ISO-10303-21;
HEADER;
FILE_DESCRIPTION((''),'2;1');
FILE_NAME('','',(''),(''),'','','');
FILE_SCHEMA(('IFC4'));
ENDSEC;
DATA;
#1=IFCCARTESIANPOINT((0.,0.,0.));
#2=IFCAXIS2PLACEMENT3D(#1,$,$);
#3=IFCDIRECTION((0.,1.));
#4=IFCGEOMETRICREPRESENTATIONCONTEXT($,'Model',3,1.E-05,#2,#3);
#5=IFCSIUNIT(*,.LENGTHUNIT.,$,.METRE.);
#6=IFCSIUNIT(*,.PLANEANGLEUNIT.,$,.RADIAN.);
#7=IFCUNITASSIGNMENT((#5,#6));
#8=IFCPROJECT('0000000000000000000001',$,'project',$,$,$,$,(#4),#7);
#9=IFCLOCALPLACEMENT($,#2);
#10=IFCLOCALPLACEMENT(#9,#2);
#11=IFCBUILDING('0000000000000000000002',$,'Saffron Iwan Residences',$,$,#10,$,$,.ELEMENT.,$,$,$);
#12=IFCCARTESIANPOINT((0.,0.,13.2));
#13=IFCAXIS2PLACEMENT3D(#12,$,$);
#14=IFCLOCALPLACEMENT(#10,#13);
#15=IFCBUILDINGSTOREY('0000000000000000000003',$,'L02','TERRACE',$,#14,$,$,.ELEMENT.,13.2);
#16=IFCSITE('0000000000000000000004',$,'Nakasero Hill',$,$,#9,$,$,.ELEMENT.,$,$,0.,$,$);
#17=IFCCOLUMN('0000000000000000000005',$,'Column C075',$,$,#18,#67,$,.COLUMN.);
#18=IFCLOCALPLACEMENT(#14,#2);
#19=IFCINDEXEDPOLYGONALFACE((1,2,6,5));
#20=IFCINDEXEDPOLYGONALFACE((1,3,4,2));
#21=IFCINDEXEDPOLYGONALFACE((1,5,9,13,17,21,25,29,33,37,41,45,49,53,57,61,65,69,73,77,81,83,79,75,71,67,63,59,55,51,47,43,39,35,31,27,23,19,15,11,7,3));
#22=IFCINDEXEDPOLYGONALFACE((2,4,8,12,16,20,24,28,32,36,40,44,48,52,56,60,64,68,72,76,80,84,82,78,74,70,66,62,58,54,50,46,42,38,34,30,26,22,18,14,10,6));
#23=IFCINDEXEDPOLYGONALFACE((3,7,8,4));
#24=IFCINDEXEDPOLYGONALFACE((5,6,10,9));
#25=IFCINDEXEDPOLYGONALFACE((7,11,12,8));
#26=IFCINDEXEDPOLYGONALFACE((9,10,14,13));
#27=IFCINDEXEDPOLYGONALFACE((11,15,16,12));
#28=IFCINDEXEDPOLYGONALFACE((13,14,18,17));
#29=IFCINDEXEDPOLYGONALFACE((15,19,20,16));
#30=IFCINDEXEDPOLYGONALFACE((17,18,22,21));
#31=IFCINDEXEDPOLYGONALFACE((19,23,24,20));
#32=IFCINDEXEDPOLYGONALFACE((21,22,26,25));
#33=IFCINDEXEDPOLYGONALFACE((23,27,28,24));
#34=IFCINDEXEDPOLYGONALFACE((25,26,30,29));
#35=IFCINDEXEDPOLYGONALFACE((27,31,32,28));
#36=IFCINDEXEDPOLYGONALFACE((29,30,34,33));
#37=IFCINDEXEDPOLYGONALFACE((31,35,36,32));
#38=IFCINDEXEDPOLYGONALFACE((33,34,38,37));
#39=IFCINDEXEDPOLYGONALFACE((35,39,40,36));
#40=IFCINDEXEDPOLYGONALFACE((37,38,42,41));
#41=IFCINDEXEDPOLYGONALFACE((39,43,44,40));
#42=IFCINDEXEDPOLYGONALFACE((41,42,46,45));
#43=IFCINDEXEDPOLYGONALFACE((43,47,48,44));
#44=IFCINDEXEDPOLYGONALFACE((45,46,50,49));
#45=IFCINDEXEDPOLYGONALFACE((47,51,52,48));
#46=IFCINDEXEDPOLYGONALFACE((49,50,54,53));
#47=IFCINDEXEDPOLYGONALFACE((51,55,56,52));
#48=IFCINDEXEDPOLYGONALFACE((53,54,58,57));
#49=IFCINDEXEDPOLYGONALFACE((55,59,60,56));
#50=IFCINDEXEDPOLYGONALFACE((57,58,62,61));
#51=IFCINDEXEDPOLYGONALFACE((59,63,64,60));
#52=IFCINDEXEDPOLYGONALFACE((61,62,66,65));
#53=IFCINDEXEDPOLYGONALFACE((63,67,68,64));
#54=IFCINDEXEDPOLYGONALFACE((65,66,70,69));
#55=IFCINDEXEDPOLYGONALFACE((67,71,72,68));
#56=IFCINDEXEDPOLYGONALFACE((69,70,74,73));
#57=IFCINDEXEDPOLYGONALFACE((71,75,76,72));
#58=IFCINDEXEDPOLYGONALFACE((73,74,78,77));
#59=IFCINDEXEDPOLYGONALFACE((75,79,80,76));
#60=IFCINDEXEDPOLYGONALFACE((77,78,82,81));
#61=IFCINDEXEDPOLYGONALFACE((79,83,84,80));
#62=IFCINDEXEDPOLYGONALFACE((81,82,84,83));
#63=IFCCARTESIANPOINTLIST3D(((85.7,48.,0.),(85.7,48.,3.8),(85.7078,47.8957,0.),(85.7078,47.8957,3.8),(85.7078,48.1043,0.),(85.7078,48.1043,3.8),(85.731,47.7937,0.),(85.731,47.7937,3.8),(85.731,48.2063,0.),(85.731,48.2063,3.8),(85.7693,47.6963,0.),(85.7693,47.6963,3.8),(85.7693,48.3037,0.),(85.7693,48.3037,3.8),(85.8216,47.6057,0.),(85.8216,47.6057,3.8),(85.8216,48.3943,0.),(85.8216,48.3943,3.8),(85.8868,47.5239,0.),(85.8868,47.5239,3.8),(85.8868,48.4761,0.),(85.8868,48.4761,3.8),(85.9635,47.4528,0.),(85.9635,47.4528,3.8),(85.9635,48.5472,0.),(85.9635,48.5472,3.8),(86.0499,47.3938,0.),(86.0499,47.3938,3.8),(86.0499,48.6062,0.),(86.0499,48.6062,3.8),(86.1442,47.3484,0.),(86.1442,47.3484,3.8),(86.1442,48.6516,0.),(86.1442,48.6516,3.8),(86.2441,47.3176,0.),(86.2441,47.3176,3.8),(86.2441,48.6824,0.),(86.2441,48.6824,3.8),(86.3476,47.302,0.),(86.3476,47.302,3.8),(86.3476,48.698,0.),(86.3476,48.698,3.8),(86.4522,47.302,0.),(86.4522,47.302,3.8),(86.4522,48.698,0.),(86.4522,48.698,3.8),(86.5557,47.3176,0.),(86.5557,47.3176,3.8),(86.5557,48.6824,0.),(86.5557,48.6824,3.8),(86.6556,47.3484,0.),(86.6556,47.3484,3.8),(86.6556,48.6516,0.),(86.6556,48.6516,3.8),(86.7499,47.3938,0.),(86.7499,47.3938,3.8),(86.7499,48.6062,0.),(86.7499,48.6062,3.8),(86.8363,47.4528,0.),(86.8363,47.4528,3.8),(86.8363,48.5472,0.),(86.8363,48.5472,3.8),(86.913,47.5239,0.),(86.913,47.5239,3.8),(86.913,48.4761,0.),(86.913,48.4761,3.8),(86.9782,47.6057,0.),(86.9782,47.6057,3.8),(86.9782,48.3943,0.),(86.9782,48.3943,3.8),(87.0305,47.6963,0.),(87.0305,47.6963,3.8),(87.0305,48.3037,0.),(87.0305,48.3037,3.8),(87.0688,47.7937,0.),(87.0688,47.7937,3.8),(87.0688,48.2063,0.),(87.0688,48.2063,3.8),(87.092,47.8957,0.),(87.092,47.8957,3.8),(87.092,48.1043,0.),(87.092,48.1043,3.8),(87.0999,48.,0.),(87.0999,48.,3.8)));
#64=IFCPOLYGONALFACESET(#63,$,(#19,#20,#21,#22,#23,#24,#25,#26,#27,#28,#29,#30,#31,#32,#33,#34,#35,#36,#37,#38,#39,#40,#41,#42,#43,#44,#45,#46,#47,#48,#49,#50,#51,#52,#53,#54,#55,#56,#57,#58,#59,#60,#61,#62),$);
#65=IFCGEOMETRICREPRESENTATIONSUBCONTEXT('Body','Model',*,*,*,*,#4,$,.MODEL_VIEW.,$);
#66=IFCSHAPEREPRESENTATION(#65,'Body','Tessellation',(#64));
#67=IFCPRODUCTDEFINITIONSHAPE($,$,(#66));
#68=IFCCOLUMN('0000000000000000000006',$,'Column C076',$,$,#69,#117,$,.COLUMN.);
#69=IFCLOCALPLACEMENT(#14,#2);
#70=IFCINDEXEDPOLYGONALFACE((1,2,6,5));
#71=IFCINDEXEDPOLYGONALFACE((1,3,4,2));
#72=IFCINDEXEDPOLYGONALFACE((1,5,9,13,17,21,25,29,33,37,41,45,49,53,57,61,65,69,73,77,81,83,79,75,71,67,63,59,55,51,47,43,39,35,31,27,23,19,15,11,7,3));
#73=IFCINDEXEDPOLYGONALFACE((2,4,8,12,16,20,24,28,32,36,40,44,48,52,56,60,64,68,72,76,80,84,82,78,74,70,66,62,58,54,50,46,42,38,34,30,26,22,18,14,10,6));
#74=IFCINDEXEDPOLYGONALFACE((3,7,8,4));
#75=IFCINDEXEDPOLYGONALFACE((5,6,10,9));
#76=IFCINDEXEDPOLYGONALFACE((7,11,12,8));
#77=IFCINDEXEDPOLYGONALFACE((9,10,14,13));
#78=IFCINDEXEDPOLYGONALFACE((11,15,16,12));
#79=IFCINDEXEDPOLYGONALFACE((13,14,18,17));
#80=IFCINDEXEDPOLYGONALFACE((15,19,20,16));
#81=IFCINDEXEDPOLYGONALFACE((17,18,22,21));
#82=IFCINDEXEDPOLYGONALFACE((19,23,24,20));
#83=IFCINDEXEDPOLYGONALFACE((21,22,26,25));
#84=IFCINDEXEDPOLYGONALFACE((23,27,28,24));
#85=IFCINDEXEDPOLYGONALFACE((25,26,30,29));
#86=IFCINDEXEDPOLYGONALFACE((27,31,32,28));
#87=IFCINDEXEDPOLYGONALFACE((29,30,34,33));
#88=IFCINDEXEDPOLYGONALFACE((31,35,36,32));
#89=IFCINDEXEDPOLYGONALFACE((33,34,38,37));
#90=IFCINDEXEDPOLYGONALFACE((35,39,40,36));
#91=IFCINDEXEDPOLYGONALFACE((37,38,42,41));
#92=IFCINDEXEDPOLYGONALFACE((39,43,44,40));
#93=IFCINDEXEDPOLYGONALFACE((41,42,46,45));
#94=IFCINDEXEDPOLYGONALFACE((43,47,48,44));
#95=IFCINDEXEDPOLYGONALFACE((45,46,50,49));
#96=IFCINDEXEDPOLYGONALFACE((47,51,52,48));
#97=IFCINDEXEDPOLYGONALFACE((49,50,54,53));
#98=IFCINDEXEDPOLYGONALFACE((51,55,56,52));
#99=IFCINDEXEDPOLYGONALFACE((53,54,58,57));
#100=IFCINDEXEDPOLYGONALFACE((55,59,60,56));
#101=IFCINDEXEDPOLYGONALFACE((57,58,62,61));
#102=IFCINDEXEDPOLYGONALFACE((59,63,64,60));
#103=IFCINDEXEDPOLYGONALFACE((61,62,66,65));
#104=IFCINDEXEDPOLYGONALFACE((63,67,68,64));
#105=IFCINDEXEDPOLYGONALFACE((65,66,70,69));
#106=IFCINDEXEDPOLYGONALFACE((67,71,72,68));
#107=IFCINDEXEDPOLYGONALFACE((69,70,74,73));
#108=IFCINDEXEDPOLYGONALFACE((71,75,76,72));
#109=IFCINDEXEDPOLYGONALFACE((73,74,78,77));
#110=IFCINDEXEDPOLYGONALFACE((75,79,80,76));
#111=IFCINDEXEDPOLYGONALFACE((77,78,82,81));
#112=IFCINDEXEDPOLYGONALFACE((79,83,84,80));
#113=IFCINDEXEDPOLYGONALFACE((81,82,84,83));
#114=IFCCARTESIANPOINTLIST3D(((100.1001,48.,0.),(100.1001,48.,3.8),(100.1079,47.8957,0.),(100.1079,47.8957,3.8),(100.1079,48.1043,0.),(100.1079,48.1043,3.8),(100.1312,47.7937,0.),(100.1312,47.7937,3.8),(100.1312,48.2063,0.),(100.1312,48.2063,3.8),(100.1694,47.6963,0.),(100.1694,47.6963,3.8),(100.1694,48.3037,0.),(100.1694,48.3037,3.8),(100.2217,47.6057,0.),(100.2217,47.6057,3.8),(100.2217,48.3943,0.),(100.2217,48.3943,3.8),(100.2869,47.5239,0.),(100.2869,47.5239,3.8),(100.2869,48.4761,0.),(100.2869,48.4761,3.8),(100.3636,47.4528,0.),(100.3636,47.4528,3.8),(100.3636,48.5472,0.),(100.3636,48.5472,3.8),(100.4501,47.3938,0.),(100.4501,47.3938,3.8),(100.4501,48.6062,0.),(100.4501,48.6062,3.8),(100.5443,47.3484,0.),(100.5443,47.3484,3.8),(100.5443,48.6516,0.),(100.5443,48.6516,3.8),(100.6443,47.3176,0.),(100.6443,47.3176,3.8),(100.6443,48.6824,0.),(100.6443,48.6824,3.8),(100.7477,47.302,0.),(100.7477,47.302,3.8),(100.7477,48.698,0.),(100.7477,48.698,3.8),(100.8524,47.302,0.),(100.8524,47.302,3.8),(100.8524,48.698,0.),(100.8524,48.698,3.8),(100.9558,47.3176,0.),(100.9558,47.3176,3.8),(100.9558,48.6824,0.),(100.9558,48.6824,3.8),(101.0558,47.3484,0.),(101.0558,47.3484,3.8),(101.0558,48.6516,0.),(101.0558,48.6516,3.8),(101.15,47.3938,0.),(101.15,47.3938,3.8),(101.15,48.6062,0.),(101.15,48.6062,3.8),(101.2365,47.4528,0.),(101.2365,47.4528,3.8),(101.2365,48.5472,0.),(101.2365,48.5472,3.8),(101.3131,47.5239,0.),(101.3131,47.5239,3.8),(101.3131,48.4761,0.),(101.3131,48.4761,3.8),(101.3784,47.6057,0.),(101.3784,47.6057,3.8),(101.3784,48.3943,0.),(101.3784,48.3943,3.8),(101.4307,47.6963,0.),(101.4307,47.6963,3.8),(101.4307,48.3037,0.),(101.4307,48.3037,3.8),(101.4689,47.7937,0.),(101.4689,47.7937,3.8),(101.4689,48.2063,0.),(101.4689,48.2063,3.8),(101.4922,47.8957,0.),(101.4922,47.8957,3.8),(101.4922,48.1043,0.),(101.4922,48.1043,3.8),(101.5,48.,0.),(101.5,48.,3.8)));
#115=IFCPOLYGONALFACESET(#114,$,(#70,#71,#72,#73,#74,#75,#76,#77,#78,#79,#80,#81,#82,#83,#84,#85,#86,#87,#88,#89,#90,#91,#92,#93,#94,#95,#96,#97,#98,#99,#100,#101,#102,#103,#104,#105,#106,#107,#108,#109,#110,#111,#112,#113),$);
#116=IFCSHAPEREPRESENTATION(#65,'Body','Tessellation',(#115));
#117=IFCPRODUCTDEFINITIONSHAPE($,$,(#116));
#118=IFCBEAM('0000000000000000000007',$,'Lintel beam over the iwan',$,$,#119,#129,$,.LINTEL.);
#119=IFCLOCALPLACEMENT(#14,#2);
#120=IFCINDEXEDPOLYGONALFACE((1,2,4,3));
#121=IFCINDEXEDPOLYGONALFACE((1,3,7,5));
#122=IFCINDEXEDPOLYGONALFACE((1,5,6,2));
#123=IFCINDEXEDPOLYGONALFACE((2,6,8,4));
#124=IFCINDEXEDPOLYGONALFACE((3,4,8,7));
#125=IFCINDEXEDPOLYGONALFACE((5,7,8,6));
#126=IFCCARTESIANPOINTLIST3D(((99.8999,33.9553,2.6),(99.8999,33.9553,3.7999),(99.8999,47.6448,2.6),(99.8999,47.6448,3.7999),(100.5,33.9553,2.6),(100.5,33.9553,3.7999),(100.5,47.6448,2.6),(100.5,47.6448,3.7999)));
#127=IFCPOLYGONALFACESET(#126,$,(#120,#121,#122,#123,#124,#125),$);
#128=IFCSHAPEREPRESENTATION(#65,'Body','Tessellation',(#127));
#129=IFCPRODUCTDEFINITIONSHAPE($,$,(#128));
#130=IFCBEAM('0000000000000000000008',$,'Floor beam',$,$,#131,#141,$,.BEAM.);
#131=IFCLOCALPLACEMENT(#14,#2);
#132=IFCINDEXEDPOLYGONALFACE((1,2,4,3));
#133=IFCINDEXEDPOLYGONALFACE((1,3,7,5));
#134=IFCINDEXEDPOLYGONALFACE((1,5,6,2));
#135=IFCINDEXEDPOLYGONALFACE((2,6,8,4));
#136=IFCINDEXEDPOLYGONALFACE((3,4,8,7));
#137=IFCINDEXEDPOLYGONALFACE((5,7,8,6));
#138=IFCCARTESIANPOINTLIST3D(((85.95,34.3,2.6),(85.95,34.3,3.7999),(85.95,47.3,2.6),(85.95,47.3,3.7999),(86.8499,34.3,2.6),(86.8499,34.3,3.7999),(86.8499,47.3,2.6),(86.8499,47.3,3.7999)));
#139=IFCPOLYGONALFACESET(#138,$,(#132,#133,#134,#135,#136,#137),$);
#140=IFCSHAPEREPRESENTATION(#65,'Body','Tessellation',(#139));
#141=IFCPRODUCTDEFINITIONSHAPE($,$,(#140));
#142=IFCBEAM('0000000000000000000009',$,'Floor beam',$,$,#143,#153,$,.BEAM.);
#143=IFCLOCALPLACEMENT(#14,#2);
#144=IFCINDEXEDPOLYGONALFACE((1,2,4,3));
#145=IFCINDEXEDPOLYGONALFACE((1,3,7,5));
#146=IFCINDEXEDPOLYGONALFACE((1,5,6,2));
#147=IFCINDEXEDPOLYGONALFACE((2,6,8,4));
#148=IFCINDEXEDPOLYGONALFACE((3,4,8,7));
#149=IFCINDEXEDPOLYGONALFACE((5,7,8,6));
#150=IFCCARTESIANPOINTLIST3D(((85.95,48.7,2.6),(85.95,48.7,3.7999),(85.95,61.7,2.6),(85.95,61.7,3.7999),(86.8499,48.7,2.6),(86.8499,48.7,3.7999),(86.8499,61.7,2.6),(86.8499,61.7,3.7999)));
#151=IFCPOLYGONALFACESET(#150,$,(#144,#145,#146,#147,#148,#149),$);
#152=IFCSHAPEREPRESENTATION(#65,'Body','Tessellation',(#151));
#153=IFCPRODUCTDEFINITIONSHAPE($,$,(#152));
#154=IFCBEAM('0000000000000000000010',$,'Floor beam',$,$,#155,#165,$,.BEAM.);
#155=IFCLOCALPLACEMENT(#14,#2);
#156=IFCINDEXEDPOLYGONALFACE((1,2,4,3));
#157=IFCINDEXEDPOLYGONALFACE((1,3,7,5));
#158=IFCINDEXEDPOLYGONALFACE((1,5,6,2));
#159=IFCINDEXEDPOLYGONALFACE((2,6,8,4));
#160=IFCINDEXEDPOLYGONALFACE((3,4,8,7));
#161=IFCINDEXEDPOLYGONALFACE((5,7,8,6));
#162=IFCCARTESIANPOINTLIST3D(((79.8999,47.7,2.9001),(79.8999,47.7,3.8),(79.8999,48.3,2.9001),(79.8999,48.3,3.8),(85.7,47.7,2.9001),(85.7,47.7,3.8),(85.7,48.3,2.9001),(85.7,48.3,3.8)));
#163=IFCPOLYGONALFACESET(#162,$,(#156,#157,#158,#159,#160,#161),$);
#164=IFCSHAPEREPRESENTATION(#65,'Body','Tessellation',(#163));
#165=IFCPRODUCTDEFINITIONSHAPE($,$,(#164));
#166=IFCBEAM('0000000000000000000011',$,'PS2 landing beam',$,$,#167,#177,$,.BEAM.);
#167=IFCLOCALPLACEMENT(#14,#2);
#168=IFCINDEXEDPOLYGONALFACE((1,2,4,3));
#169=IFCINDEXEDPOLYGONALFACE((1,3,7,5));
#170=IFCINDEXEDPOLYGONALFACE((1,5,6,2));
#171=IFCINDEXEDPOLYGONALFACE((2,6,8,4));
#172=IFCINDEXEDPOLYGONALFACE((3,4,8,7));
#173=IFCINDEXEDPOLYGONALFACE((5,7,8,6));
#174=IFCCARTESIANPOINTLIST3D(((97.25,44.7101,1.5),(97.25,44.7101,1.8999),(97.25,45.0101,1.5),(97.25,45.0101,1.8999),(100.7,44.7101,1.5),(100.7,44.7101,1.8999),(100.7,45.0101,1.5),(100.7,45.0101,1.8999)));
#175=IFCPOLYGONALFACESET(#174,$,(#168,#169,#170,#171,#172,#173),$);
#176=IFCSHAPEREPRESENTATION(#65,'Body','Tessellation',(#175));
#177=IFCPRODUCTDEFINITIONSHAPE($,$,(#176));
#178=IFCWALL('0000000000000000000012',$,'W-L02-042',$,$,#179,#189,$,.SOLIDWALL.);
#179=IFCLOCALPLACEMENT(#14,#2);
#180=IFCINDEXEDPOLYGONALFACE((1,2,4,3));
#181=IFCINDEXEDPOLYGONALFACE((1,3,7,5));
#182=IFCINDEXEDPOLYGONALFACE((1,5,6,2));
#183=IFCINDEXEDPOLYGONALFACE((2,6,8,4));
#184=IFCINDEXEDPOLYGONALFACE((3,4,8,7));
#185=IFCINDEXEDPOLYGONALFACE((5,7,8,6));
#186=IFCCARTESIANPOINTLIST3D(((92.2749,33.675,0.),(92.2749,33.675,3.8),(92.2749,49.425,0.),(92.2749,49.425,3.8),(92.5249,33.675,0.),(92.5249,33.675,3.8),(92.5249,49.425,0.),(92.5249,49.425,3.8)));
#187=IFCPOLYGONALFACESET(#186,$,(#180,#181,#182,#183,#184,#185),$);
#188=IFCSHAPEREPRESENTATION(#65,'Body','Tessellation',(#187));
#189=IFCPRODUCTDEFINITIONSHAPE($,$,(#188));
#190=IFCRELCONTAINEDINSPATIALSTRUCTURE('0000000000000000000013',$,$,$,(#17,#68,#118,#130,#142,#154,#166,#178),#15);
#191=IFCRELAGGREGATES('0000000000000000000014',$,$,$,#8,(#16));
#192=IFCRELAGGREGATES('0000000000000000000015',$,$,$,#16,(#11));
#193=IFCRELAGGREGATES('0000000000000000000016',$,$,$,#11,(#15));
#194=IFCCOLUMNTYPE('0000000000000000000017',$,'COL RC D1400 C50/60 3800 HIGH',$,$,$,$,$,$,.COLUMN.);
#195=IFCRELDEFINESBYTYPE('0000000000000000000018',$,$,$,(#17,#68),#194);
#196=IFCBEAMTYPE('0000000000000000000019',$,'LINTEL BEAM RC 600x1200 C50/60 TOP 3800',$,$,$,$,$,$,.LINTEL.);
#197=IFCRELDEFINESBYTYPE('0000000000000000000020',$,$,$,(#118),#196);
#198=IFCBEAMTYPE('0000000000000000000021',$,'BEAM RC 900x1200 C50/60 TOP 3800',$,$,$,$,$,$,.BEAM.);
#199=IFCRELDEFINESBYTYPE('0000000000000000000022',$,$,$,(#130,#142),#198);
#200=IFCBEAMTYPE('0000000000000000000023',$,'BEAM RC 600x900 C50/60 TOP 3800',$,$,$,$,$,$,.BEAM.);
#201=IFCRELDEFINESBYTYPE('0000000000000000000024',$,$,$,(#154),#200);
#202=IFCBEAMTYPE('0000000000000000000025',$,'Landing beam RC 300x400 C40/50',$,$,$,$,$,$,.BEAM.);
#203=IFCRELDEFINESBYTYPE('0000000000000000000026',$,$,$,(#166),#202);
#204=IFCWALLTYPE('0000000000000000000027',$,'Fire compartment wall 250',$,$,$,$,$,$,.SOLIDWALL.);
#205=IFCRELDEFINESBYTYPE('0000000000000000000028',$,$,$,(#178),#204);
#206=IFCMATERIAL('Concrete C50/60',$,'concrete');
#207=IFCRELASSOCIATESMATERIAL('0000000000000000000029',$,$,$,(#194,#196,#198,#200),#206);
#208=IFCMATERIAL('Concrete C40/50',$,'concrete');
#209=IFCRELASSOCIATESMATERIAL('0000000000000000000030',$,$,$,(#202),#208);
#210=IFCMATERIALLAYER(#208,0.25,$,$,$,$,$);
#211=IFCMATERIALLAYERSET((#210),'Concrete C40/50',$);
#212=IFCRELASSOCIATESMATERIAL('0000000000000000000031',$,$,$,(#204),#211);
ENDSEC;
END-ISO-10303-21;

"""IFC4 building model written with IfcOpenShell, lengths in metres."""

from ifc_helpers import new_model, si_unit, direction, frame, frame_2d, origin, origin_2d, place, context, subcontext, project, spatial, rectangle, circle, extrude, source, transform, mapped, material, layer, layer_set, material_profile, profile_set, type_object, element, save


model = new_model("IFC4")

# Units and contexts
model_context = context("Model", 3, precision=1e-05, world=origin(), true_north=direction((0.0, 1.0)))
body_context = subcontext(model_context, "Body", "Model", "MODEL_VIEW")
ifc_project = project(units=[si_unit("LENGTHUNIT", "METRE"), si_unit("PLANEANGLEUNIT", "RADIAN")], contexts=[model_context])

# Site, building, storey
site_placement = place(None, origin())
site = spatial("IfcSite", under=ifc_project, at=site_placement, Name="Nakasero Hill", CompositionType="ELEMENT", RefElevation=0.0)
building_placement = place(site_placement, origin())
building = spatial("IfcBuilding", under=site, at=building_placement, Name="Saffron Iwan Residences", CompositionType="ELEMENT")
storey_placement = place(building_placement, frame((0.0, 0.0, 13.2)))
storey = spatial("IfcBuildingStorey", under=building, at=storey_placement, Name="L02", Description="TERRACE", CompositionType="ELEMENT", Elevation=13.2)

# Columns
ifc_material_1 = material(Name="Concrete C50/60", Category="concrete")
ifc_material_profile_1 = material_profile(ifc_material_1, circle(Radius=0.7, at=origin_2d()), Name="RC D1400")
ifc_profile_set_1 = profile_set([ifc_material_profile_1], Name="Concrete C50/60")
column_type = type_object("IfcColumnType", Name="COL RC D1400 C50/60 3800 HIGH", PredefinedType="COLUMN", material=ifc_profile_set_1)
shared_shape_1 = source(origin(), body_context, "Body", "SweptSolid", [
    extrude(circle(Radius=0.7, at=origin_2d()), origin(), (0.0, 0.0, 1.0), 3.8),
])
for number, where, z_axis, x_axis, name in (
    (1, (86.3999, 48.0, 0.0), (0.0, 0.0, 1.0), (1.0, 0.0, 0.0), "Column C075"),
    (2, (100.8, 48.0, 0.0), (0.0, 0.0, 1.0), (1.0, 0.0, 0.0), "Column C076"),
):
    element("IfcColumn", number, at=place(storey_placement, frame(where, z_axis=z_axis, x_axis=x_axis)), inside=storey, type_object=column_type, Name=name, PredefinedType="COLUMN", context=body_context, shape_type="MappedRepresentation", body=[
        mapped(shared_shape_1, transform((0.0, 0.0, 0.0))),
    ])

# Beams
ifc_material_profile_2 = material_profile(ifc_material_1, rectangle(XDim=0.6001, YDim=1.2, at=origin_2d()), Name="RC 600x1200")
ifc_profile_set_2 = profile_set([ifc_material_profile_2], Name="Concrete C50/60")
beam_type_1 = type_object("IfcBeamType", Name="LINTEL BEAM RC 600x1200 C50/60 TOP 3800", PredefinedType="LINTEL", material=ifc_profile_set_2)
shared_shape_2 = source(origin(), body_context, "Body", "SweptSolid", [
    extrude(rectangle(XDim=0.6001, YDim=1.2, at=origin_2d()), origin(), (0.0, 0.0, 1.0), 13.6895),
])
beam_1_placement = place(storey_placement, frame((100.2, 47.6448, 3.2), z_axis=(0.0, -1.0, 0.0), x_axis=(1.0, 0.0, 0.0)))
element("IfcBeam", 3, at=beam_1_placement, inside=storey, type_object=beam_type_1, Name="Lintel beam over the iwan", PredefinedType="LINTEL", context=body_context, shape_type="MappedRepresentation", body=[
    mapped(shared_shape_2, transform((0.0, 0.0, 0.0))),
])
ifc_material_profile_3 = material_profile(ifc_material_1, rectangle(XDim=0.8999, YDim=1.2, at=origin_2d()), Name="RC 900x1200")
ifc_profile_set_3 = profile_set([ifc_material_profile_3], Name="Concrete C50/60")
beam_type_2 = type_object("IfcBeamType", Name="BEAM RC 900x1200 C50/60 TOP 3800", PredefinedType="BEAM", material=ifc_profile_set_3)
shared_shape_3 = source(origin(), body_context, "Body", "SweptSolid", [
    extrude(rectangle(XDim=0.8999, YDim=1.2, at=origin_2d()), origin(), (0.0, 0.0, 1.0), 13.0),
])
for number, where, z_axis, x_axis, name in (
    (4, (86.3999, 34.3, 3.2), (0.0, 1.0, 0.0), (-1.0, 0.0, 0.0), "Floor beam"),
    (5, (86.3999, 48.7, 3.2), (0.0, 1.0, 0.0), (-1.0, 0.0, 0.0), "Floor beam"),
):
    element("IfcBeam", number, at=place(storey_placement, frame(where, z_axis=z_axis, x_axis=x_axis)), inside=storey, type_object=beam_type_2, Name=name, PredefinedType="BEAM", context=body_context, shape_type="MappedRepresentation", body=[
        mapped(shared_shape_3, transform((0.0, 0.0, 0.0))),
    ])
ifc_material_profile_4 = material_profile(ifc_material_1, rectangle(XDim=0.6001, YDim=0.8999, at=origin_2d()), Name="RC 600x900")
ifc_profile_set_4 = profile_set([ifc_material_profile_4], Name="Concrete C50/60")
beam_type_3 = type_object("IfcBeamType", Name="BEAM RC 600x900 C50/60 TOP 3800", PredefinedType="BEAM", material=ifc_profile_set_4)
shared_shape_4 = source(origin(), body_context, "Body", "SweptSolid", [
    extrude(rectangle(XDim=0.6001, YDim=0.8999, at=origin_2d()), origin(), (0.0, 0.0, 1.0), 5.8),
])
beam_2_placement = place(storey_placement, frame((79.8999, 48.0, 3.3501), z_axis=(1.0, 0.0, 0.0), x_axis=(0.0, 1.0, 0.0)))
element("IfcBeam", 6, at=beam_2_placement, inside=storey, type_object=beam_type_3, Name="Floor beam", PredefinedType="BEAM", context=body_context, shape_type="MappedRepresentation", body=[
    mapped(shared_shape_4, transform((0.0, 0.0, 0.0))),
])
ifc_material_2 = material(Name="Concrete C40/50", Category="concrete")
ifc_material_profile_5 = material_profile(ifc_material_2, rectangle(XDim=0.3, YDim=0.3999, at=origin_2d()), Name="Landing beam RC 300x400 C40/50")
ifc_profile_set_5 = profile_set([ifc_material_profile_5], Name="Concrete C40/50")
beam_type_4 = type_object("IfcBeamType", Name="Landing beam RC 300x400 C40/50", PredefinedType="BEAM", material=ifc_profile_set_5)
shared_shape_5 = source(origin(), body_context, "Body", "SweptSolid", [
    extrude(rectangle(XDim=0.3, YDim=0.3999, at=origin_2d()), origin(), (0.0, 0.0, 1.0), 3.45),
])
beam_3_placement = place(storey_placement, frame((97.25, 44.8601, 1.7), z_axis=(1.0, 0.0, 0.0), x_axis=(0.0, 1.0, 0.0)))
element("IfcBeam", 7, at=beam_3_placement, inside=storey, type_object=beam_type_4, Name="PS2 landing beam", PredefinedType="BEAM", context=body_context, shape_type="MappedRepresentation", body=[
    mapped(shared_shape_5, transform((0.0, 0.0, 0.0))),
])

# Wall
ifc_layer_1 = layer(ifc_material_2, 0.25)
ifc_layer_set_1 = layer_set([ifc_layer_1], Name="Concrete C40/50")
wall_type_1 = type_object("IfcWallType", Name="Fire compartment wall 250", PredefinedType="SOLIDWALL", material=ifc_layer_set_1)
wall_1_placement = place(storey_placement, frame((92.3999, 33.675, 0.0), z_axis=(0.0, 0.0, 1.0), x_axis=(0.0, 1.0, 0.0)))
element("IfcWall", 8, at=wall_1_placement, inside=storey, type_object=wall_type_1, Name="W-L02-042", PredefinedType="SOLIDWALL", context=body_context, shape_type="SweptSolid", body=[
    extrude(rectangle(XDim=15.75, YDim=0.25, at=frame_2d((7.875, 0.0))), origin(), (0.0, 0.0, 1.0), 3.8),
])

save(model, "model.ifc")
